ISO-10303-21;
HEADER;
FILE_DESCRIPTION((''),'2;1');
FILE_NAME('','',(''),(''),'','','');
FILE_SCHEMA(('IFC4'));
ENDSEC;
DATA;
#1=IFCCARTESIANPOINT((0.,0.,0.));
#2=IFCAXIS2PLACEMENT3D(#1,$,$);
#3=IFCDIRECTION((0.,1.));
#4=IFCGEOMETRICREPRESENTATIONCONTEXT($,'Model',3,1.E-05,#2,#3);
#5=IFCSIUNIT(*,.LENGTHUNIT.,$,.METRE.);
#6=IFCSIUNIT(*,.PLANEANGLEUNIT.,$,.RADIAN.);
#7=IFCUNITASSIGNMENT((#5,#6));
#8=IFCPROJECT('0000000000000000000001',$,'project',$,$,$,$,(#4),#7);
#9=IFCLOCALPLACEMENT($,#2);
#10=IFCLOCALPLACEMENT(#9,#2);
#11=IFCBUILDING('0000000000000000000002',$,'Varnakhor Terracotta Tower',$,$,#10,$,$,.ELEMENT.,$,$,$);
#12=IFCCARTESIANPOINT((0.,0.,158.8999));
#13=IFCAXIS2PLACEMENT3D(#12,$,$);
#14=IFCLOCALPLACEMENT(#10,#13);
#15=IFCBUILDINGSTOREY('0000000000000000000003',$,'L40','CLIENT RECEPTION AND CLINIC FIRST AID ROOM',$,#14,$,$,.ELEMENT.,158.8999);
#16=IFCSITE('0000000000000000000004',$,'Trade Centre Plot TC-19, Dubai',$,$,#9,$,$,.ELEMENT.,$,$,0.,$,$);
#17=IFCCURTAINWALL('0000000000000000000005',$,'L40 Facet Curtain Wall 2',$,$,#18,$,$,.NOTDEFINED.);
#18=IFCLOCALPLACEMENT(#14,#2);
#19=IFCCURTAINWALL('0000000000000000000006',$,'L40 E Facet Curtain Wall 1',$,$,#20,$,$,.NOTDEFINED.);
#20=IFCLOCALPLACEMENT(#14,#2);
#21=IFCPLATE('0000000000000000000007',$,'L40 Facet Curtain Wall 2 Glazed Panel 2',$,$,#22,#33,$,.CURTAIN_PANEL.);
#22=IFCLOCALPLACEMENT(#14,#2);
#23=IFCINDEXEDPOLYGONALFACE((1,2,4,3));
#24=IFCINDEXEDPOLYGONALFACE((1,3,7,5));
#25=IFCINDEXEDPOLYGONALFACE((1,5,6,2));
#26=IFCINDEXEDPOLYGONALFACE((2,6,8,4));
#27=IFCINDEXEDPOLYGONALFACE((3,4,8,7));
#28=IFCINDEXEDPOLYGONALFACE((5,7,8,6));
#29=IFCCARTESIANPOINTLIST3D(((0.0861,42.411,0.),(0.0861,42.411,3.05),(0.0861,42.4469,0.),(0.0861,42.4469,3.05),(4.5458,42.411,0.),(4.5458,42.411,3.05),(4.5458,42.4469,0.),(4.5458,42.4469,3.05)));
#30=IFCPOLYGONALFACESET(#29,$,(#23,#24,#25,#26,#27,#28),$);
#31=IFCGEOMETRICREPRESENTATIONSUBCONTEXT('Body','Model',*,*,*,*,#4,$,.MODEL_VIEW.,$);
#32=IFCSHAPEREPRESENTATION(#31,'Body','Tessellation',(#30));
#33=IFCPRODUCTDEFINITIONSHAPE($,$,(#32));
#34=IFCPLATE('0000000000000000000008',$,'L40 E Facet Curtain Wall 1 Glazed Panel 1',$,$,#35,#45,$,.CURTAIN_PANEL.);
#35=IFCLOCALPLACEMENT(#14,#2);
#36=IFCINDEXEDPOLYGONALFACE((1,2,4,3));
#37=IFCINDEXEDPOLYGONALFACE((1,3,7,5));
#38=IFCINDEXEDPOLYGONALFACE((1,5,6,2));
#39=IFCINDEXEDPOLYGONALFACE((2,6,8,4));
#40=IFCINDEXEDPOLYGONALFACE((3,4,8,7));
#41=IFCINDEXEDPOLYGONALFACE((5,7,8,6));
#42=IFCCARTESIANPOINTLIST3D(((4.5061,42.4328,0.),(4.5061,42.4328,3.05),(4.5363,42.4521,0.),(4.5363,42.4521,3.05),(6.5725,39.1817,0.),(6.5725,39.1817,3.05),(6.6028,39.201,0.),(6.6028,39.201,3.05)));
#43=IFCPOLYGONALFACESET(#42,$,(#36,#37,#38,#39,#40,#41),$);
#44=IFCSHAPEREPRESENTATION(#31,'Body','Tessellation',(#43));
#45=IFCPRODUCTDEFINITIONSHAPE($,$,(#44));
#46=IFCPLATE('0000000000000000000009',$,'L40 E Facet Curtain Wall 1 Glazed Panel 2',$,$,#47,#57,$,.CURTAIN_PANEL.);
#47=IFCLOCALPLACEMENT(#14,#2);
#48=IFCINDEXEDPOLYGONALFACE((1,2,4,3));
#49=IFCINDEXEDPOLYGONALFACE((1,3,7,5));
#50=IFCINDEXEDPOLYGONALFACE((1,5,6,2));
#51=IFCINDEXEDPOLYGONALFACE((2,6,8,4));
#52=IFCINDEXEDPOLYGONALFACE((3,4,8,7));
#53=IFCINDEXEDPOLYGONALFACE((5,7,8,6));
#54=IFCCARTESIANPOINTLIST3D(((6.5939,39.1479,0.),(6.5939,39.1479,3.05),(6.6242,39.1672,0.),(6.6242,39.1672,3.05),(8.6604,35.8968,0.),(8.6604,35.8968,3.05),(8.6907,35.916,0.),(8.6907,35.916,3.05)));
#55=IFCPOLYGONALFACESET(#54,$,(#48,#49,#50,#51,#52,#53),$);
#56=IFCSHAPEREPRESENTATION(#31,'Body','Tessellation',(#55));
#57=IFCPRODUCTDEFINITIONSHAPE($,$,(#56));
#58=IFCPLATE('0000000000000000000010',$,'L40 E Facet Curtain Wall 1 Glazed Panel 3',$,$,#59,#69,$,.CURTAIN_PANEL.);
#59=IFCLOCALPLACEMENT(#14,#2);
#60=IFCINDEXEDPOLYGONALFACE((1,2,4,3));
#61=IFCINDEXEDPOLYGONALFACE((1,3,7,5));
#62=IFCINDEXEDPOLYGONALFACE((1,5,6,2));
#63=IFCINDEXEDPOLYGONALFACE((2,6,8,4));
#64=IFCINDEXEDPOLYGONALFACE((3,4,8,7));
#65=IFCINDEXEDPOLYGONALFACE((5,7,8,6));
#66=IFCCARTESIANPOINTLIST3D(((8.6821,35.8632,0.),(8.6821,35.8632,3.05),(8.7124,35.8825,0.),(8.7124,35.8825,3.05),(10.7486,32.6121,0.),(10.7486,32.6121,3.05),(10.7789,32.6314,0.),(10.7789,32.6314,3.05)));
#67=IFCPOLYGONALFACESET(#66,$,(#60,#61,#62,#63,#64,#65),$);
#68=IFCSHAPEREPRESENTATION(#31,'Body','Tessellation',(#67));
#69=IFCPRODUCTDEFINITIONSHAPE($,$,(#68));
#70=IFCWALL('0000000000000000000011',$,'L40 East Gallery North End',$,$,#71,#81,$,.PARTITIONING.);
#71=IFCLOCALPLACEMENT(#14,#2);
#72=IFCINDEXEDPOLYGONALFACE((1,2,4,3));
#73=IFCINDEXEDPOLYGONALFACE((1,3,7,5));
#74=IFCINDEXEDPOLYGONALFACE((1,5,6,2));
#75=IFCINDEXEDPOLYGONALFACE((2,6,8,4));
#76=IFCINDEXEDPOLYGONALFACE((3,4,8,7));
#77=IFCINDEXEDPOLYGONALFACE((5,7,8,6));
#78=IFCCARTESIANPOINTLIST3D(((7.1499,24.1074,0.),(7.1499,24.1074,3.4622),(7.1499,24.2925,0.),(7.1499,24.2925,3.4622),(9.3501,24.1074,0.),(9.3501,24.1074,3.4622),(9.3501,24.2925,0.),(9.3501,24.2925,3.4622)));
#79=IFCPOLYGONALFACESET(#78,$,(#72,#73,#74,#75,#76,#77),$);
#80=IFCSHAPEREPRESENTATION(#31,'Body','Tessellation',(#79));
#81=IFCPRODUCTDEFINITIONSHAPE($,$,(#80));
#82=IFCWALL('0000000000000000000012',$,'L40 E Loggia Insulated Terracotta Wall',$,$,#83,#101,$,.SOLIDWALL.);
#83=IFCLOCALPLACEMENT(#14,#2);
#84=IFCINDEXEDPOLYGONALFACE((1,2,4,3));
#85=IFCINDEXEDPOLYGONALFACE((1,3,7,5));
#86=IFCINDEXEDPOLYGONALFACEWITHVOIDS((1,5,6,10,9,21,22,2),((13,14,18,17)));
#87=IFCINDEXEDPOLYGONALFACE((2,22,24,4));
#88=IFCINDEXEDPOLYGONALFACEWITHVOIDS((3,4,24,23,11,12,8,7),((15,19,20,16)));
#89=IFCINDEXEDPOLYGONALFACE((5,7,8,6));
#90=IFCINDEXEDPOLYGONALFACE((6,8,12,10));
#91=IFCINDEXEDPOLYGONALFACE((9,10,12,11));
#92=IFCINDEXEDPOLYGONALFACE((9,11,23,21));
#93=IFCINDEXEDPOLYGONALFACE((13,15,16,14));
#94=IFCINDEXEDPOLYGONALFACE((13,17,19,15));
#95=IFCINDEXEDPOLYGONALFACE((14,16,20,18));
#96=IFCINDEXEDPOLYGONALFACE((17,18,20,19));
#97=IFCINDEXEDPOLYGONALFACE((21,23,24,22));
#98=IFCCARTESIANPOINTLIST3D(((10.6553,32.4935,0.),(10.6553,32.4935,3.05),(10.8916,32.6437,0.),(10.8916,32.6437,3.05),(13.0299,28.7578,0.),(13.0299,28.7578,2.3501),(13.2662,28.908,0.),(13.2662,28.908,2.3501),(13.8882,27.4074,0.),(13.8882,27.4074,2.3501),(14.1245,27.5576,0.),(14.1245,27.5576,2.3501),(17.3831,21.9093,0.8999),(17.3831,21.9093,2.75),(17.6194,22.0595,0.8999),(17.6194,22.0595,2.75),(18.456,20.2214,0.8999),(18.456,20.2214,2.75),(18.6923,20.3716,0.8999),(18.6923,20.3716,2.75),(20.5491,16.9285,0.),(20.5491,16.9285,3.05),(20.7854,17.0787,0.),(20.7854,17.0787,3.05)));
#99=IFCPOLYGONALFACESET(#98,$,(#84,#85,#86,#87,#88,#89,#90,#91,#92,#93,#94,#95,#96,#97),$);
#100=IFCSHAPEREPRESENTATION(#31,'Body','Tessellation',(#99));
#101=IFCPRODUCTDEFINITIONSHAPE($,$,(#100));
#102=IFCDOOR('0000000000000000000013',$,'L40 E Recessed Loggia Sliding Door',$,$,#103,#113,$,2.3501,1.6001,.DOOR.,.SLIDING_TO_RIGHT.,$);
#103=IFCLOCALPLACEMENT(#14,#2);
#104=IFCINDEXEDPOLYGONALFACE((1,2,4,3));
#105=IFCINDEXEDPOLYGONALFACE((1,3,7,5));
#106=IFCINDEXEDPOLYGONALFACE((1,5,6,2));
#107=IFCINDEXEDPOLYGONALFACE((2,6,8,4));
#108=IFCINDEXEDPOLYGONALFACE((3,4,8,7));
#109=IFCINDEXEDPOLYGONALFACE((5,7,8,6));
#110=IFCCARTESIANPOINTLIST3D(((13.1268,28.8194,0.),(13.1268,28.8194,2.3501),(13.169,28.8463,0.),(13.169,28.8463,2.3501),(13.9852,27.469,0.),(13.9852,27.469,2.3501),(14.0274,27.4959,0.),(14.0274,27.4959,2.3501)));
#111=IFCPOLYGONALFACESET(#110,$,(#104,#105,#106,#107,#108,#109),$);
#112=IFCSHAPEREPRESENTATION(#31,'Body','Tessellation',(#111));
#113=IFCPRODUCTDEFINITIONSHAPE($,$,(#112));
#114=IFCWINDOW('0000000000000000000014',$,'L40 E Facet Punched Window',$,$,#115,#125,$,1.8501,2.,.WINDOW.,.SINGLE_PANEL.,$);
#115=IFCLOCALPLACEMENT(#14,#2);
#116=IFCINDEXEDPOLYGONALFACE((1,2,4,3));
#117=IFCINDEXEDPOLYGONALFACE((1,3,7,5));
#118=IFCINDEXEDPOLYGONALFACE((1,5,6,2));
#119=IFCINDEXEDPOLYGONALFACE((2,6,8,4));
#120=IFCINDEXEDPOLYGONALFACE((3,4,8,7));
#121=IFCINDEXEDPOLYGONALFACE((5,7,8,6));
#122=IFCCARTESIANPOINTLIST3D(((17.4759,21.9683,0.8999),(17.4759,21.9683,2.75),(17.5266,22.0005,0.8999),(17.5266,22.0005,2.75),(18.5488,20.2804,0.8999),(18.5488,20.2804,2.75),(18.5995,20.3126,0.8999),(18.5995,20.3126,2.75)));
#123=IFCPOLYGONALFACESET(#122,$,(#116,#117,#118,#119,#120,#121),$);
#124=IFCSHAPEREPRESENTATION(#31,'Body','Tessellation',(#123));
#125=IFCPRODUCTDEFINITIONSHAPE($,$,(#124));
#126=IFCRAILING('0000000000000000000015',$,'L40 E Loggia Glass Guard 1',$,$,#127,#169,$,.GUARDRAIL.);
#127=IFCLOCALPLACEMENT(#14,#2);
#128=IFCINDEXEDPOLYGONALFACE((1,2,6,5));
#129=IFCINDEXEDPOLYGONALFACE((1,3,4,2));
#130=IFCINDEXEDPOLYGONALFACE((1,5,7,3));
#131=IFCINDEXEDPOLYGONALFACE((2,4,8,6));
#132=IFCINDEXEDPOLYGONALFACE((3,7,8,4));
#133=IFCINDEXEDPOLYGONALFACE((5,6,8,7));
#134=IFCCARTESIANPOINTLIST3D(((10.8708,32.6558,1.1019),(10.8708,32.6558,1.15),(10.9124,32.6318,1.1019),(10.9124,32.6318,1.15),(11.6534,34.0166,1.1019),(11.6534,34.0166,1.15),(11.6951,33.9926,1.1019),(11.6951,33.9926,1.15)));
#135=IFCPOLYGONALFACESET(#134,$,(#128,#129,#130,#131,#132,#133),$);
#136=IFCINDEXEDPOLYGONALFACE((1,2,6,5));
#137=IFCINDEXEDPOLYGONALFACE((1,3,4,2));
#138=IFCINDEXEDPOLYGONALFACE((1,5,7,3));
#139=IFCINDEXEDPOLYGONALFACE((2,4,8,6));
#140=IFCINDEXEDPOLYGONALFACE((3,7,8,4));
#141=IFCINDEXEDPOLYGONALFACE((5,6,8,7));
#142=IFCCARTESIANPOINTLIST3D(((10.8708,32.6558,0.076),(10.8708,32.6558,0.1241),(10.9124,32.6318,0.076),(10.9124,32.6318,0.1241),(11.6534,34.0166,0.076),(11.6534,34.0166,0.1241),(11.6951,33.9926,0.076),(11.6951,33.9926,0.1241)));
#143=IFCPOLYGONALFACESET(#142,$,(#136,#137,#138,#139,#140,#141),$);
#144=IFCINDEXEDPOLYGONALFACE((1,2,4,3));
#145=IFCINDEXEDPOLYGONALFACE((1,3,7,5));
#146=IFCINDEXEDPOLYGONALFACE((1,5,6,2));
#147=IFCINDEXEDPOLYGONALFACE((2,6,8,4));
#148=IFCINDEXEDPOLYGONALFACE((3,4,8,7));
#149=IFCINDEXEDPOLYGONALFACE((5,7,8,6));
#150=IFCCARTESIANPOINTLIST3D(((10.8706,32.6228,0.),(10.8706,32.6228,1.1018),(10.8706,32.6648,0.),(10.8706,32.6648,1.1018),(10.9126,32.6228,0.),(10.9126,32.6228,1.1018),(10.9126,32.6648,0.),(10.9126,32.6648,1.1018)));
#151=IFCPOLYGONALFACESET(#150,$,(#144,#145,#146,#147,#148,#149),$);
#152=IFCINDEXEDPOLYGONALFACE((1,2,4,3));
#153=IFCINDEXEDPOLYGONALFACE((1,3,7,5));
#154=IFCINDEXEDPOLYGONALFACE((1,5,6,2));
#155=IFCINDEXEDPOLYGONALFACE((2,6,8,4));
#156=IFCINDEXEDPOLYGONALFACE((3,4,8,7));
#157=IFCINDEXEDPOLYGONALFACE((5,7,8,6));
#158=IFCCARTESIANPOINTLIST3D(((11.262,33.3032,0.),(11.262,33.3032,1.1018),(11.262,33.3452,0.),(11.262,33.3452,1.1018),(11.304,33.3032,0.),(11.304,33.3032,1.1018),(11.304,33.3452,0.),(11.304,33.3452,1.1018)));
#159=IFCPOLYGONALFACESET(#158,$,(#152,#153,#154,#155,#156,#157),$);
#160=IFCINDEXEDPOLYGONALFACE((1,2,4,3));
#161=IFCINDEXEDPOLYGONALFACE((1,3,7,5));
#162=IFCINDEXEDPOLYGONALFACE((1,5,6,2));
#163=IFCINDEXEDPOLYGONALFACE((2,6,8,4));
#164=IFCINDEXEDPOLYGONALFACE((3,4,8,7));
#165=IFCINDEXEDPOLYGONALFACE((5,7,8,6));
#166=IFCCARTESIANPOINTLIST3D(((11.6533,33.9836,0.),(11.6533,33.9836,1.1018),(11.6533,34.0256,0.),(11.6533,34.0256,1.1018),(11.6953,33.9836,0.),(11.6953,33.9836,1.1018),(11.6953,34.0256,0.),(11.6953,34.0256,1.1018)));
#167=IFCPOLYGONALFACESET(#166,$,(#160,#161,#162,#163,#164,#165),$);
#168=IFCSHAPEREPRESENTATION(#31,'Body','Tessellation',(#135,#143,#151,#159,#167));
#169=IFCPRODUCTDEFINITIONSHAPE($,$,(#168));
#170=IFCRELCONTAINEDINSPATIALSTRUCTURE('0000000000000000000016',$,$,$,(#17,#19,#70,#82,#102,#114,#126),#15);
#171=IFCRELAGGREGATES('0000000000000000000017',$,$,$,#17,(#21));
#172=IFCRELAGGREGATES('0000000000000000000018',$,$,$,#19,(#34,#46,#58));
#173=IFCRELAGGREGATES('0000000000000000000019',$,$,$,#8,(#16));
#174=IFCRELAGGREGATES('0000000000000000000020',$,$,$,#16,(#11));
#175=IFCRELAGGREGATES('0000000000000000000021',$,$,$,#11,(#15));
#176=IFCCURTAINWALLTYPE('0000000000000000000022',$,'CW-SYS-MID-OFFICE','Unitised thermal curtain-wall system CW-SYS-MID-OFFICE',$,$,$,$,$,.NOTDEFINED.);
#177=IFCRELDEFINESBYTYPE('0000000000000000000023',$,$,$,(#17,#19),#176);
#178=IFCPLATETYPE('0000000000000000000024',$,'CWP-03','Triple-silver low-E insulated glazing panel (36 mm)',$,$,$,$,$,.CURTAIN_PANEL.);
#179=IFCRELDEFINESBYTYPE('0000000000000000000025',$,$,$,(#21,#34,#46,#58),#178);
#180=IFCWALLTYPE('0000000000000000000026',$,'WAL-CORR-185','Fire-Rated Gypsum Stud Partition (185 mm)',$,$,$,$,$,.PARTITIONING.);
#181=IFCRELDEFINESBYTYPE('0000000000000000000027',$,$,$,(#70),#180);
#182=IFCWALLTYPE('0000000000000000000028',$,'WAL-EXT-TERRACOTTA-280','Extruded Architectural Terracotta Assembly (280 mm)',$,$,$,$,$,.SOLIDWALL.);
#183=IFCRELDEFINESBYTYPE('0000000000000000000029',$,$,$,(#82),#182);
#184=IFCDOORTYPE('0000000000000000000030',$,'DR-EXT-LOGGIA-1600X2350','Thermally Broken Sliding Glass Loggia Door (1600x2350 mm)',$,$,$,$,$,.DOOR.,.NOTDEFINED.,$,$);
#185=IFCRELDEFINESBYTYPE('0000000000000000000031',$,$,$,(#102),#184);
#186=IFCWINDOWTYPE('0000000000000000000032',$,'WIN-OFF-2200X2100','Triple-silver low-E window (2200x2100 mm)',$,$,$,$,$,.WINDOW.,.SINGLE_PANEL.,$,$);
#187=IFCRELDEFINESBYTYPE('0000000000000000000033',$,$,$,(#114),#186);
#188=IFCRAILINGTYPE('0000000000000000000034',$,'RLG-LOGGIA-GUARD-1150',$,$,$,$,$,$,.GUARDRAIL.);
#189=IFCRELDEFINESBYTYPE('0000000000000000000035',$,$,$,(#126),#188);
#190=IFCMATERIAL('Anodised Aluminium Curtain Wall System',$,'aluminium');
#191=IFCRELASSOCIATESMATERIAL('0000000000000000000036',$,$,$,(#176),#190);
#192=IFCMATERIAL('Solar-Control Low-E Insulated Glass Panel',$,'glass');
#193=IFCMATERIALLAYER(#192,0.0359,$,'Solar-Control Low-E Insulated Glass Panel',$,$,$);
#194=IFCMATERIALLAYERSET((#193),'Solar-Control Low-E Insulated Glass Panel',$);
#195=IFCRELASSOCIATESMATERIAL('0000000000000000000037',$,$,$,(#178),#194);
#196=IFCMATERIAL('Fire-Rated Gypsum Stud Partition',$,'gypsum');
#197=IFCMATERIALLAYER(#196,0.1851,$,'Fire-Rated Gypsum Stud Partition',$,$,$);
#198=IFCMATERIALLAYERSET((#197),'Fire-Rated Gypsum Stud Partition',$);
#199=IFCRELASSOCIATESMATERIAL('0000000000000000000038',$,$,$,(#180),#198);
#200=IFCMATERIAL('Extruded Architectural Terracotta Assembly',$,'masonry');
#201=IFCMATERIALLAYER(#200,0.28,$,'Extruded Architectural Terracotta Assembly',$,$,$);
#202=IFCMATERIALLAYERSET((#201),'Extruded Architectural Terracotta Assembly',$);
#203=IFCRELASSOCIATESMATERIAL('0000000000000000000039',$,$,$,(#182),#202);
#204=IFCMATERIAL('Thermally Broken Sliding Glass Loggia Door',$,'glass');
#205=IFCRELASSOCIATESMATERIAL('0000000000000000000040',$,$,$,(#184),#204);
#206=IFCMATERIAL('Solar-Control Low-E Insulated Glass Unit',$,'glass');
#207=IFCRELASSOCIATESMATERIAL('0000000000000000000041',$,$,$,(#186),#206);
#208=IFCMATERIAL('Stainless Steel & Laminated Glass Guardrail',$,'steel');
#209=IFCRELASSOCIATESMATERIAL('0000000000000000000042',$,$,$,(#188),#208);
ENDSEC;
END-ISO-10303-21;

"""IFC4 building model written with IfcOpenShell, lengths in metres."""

from ifc_helpers import new_model, si_unit, direction, frame, frame_2d, origin, origin_2d, place, context, subcontext, project, spatial, rectangle, extrude, source, transform, mapped, material, layer, layer_set, type_object, type_shapes, element, fill, aggregate, save


model = new_model("IFC4")

# Units and contexts
model_context = context("Model", 3, precision=1e-05, world=origin(), true_north=direction((0.0, 1.0)))
body_context = subcontext(model_context, "Body", "Model", "MODEL_VIEW")
ifc_project = project(units=[si_unit("LENGTHUNIT", "METRE"), si_unit("PLANEANGLEUNIT", "RADIAN")], contexts=[model_context])

# Site, building, storey
site_placement = place(None, origin())
site = spatial("IfcSite", under=ifc_project, at=site_placement, Name="Trade Centre Plot TC-19, Dubai", CompositionType="ELEMENT", RefElevation=0.0)
building_placement = place(site_placement, origin())
building = spatial("IfcBuilding", under=site, at=building_placement, Name="Varnakhor Terracotta Tower", CompositionType="ELEMENT")
storey_placement = place(building_placement, frame((0.0, 0.0, 158.8999)))
storey = spatial("IfcBuildingStorey", under=building, at=storey_placement, Name="L40", Description="CLIENT RECEPTION AND CLINIC FIRST AID ROOM", CompositionType="ELEMENT", Elevation=158.8999)

# Curtain wall
ifc_material_1 = material(Name="Anodised Aluminium Curtain Wall System", Category="aluminium")
curtain_wall_type = type_object("IfcCurtainWallType", Name="CW-SYS-MID-OFFICE", Description="Unitised thermal curtain-wall system CW-SYS-MID-OFFICE", PredefinedType="NOTDEFINED", material=ifc_material_1)
curtain_wall_1_placement = place(storey_placement, origin())
curtain_wall_1 = element("IfcCurtainWall", 1, at=curtain_wall_1_placement, inside=storey, type_object=curtain_wall_type, Name="L40 Facet Curtain Wall 2", PredefinedType="NOTDEFINED")

# Curtain wall
curtain_wall_2_placement = place(storey_placement, origin())
curtain_wall_2 = element("IfcCurtainWall", 2, at=curtain_wall_2_placement, inside=storey, type_object=curtain_wall_type, Name="L40 E Facet Curtain Wall 1", PredefinedType="NOTDEFINED")

# Plates
ifc_material_2 = material(Name="Solar-Control Low-E Insulated Glass Panel", Category="glass")
ifc_layer_1 = layer(ifc_material_2, 0.0359, Name="Solar-Control Low-E Insulated Glass Panel")
ifc_layer_set_1 = layer_set([ifc_layer_1], Name="Solar-Control Low-E Insulated Glass Panel")
plate_type = type_object("IfcPlateType", Name="CWP-03", Description="Triple-silver low-E insulated glazing panel (36 mm)", PredefinedType="CURTAIN_PANEL", material=ifc_layer_set_1)
shared_shape_1 = source(origin(), body_context, "Body", "SweptSolid", [
    extrude(rectangle(XDim=4.4597, YDim=0.0359, at=origin_2d()), origin(), (0.0, 0.0, 1.0), 3.05),
])
plate_1_placement = place(storey_placement, frame((2.3159, 42.429, 0.0), z_axis=(0.0, 0.0, 1.0), x_axis=(1.0, 0.0, 0.0)))
plate_1 = element("IfcPlate", 3, at=plate_1_placement, type_object=plate_type, Name="L40 Facet Curtain Wall 2 Glazed Panel 2", PredefinedType="CURTAIN_PANEL", context=body_context, shape_type="MappedRepresentation", body=[
    mapped(shared_shape_1, transform((0.0, 0.0, 0.0), scale=1.0)),
])
aggregate(curtain_wall_1, [plate_1])
shared_shape_2 = source(origin(), body_context, "Body", "SweptSolid", [
    extrude(rectangle(XDim=3.8523, YDim=0.0359, at=origin_2d()), origin(), (0.0, 0.0, 1.0), 3.05),
])
plate_2_placement = place(storey_placement, frame((5.5544, 40.8169, 0.0), z_axis=(0.0, 0.0, 1.0), x_axis=(0.536431, -0.843944, 0.0)))
plate_2 = element("IfcPlate", 4, at=plate_2_placement, type_object=plate_type, Name="L40 E Facet Curtain Wall 1 Glazed Panel 1", PredefinedType="CURTAIN_PANEL", context=body_context, shape_type="MappedRepresentation", body=[
    mapped(shared_shape_2, transform((0.0, 0.0, 0.0), scale=1.0)),
])
plate_3_placement = place(storey_placement, frame((7.6423, 37.532, 0.0), z_axis=(0.0, 0.0, 1.0), x_axis=(0.536431, -0.843944, 0.0)))
plate_3 = element("IfcPlate", 5, at=plate_3_placement, type_object=plate_type, Name="L40 E Facet Curtain Wall 1 Glazed Panel 2", PredefinedType="CURTAIN_PANEL", context=body_context, shape_type="MappedRepresentation", body=[
    mapped(shared_shape_2, transform((0.0, 0.0, 0.0), scale=1.0)),
])
plate_4_placement = place(storey_placement, frame((9.7305, 34.2473, 0.0), z_axis=(0.0, 0.0, 1.0), x_axis=(0.536431, -0.843944, 0.0)))
plate_4 = element("IfcPlate", 6, at=plate_4_placement, type_object=plate_type, Name="L40 E Facet Curtain Wall 1 Glazed Panel 3", PredefinedType="CURTAIN_PANEL", context=body_context, shape_type="MappedRepresentation", body=[
    mapped(shared_shape_2, transform((0.0, 0.0, 0.0), scale=1.0)),
])
aggregate(curtain_wall_2, [plate_2, plate_3, plate_4])

# Wall
ifc_material_3 = material(Name="Fire-Rated Gypsum Stud Partition", Category="gypsum")
ifc_layer_2 = layer(ifc_material_3, 0.1851, Name="Fire-Rated Gypsum Stud Partition")
ifc_layer_set_2 = layer_set([ifc_layer_2], Name="Fire-Rated Gypsum Stud Partition")
wall_type_1 = type_object("IfcWallType", Name="WAL-CORR-185", Description="Fire-Rated Gypsum Stud Partition (185 mm)", PredefinedType="PARTITIONING", material=ifc_layer_set_2)
wall_1_placement = place(storey_placement, frame((7.1499, 24.2, 0.0), z_axis=(0.0, 0.0, 1.0), x_axis=(1.0, 0.0, 0.0)))
element("IfcWall", 7, at=wall_1_placement, inside=storey, type_object=wall_type_1, Name="L40 East Gallery North End", PredefinedType="PARTITIONING", context=body_context, shape_type="SweptSolid", body=[
    extrude(rectangle(XDim=2.2002, YDim=0.1851, at=frame_2d((1.1001, 0.0))), origin(), (0.0, 0.0, 1.0), 3.4622),
])

# Wall, openings, door, window
ifc_material_4 = material(Name="Extruded Architectural Terracotta Assembly", Category="masonry")
ifc_layer_3 = layer(ifc_material_4, 0.28, Name="Extruded Architectural Terracotta Assembly")
ifc_layer_set_3 = layer_set([ifc_layer_3], Name="Extruded Architectural Terracotta Assembly")
wall_type_2 = type_object("IfcWallType", Name="WAL-EXT-TERRACOTTA-280", Description="Extruded Architectural Terracotta Assembly (280 mm)", PredefinedType="SOLIDWALL", material=ifc_layer_set_3)
wall_2_placement = place(storey_placement, frame((10.7734, 32.5686, 0.0), z_axis=(0.0, 0.0, 1.0), x_axis=(0.536445, -0.843936, 0.0)))
wall_2 = element("IfcWall", 8, at=wall_2_placement, inside=storey, type_object=wall_type_2, Name="L40 E Loggia Insulated Terracotta Wall", PredefinedType="SOLIDWALL", context=body_context, shape_type="SweptSolid", body=[
    extrude(rectangle(XDim=18.4434, YDim=0.28, at=frame_2d((9.2217, 0.0))), origin(), (0.0, 0.0, 1.0), 3.05),
])
opening_1_placement = place(wall_2_placement, frame((4.4265, 0.0, 0.0)))
opening_1 = element("IfcOpeningElement", 9, at=opening_1_placement, cuts=wall_2, PredefinedType="OPENING", context=body_context, shape_type="SweptSolid", body=[
    extrude(rectangle(XDim=1.6001, YDim=2.3501, at=frame_2d((0.8, 1.175))), frame((0.0, 0.1499, 0.0), z_axis=(0.0, -1.0, 0.0), x_axis=(1.0, 0.0, 0.0)), (0.0, 0.0, 1.0), 0.3),
])
opening_2_placement = place(wall_2_placement, frame((12.5415, 0.0, 0.8999)))
opening_2 = element("IfcOpeningElement", 10, at=opening_2_placement, cuts=wall_2, PredefinedType="OPENING", context=body_context, shape_type="SweptSolid", body=[
    extrude(rectangle(XDim=2.0, YDim=1.8501, at=frame_2d((1.0, 0.925))), frame((0.0, 0.1499, 0.0), z_axis=(0.0, -1.0, 0.0), x_axis=(1.0, 0.0, 0.0)), (0.0, 0.0, 1.0), 0.3),
])
ifc_material_5 = material(Name="Thermally Broken Sliding Glass Loggia Door", Category="glass")
door_type = type_object("IfcDoorType", Name="DR-EXT-LOGGIA-1600X2350", Description="Thermally Broken Sliding Glass Loggia Door (1600x2350 mm)", OperationType="NOTDEFINED", PredefinedType="DOOR", material=ifc_material_5)
shared_shape_3 = source(origin(), body_context, "Body", "SweptSolid", [
    extrude(rectangle(XDim=1.6001, YDim=2.3501, at=frame_2d((0.8, 1.175))), frame((0.0, 0.0249, 0.0), z_axis=(0.0, -1.0, 0.0), x_axis=(1.0, 0.0, 0.0)), (0.0, 0.0, 1.0), 0.05),
])
type_shapes(door_type, [shared_shape_3])
door_placement = place(opening_1_placement, origin())
door = element("IfcDoor", 11, at=door_placement, inside=storey, type_object=door_type, Name="L40 E Recessed Loggia Sliding Door", OperationType="SLIDING_TO_RIGHT", OverallHeight=2.3501, OverallWidth=1.6001, PredefinedType="DOOR", context=body_context, shape_type="MappedRepresentation", body=[
    mapped(shared_shape_3, transform((0.0, 0.0, 0.0), scale=1.0)),
])
fill(opening_1, door)
ifc_material_6 = material(Name="Solar-Control Low-E Insulated Glass Unit", Category="glass")
window_type = type_object("IfcWindowType", Name="WIN-OFF-2200X2100", Description="Triple-silver low-E window (2200x2100 mm)", PartitioningType="SINGLE_PANEL", PredefinedType="WINDOW", material=ifc_material_6)
shared_shape_4 = source(origin(), body_context, "Body", "SweptSolid", [
    extrude(rectangle(XDim=2.0, YDim=1.8501, at=frame_2d((1.0, 0.925))), frame((0.0, 0.03, 0.0), z_axis=(0.0, -1.0, 0.0), x_axis=(1.0, 0.0, 0.0)), (0.0, 0.0, 1.0), 0.0601),
])
type_shapes(window_type, [shared_shape_4])
window_placement = place(opening_2_placement, origin())
window = element("IfcWindow", 12, at=window_placement, inside=storey, type_object=window_type, Name="L40 E Facet Punched Window", OverallHeight=1.8501, OverallWidth=2.0, PartitioningType="SINGLE_PANEL", PredefinedType="WINDOW", context=body_context, shape_type="MappedRepresentation", body=[
    mapped(shared_shape_4, transform((0.0, 0.0, 0.0), scale=1.0)),
])
fill(opening_2, window)

# Railing
ifc_material_7 = material(Name="Stainless Steel & Laminated Glass Guardrail", Category="steel")
railing_type = type_object("IfcRailingType", Name="RLG-LOGGIA-GUARD-1150", PredefinedType="GUARDRAIL", material=ifc_material_7)
railing_1_placement = place(storey_placement, frame((10.8916, 32.6438, 0.0)))
element("IfcRailing", 13, at=railing_1_placement, inside=storey, type_object=railing_type, Name="L40 E Loggia Glass Guard 1", PredefinedType="GUARDRAIL", context=body_context, shape_type="SweptSolid", body=[
    extrude(rectangle(XDim=0.0481, YDim=0.0481, at=origin_2d()), frame((0.0, 0.0, 1.126), z_axis=(0.498582, 0.866842, 0.0), x_axis=(-0.866842, 0.498582, 0.0)), (0.0, 0.0, 1.0), 1.5698),
    extrude(rectangle(XDim=0.0481, YDim=0.0481, at=origin_2d()), frame((0.0, 0.0, 0.1001), z_axis=(0.498582, 0.866842, 0.0), x_axis=(-0.866842, 0.498582, 0.0)), (0.0, 0.0, 1.0), 1.5698),
    extrude(rectangle(XDim=0.042, YDim=0.042, at=origin_2d()), origin(), (0.0, 0.0, 1.0), 1.1018),
    extrude(rectangle(XDim=0.042, YDim=0.042, at=origin_2d()), frame((0.3914, 0.6804, 0.0)), (0.0, 0.0, 1.0), 1.1018),
    extrude(rectangle(XDim=0.042, YDim=0.042, at=origin_2d()), frame((0.7827, 1.3608, 0.0)), (0.0, 0.0, 1.0), 1.1018),
])

save(model, "model.ifc")
